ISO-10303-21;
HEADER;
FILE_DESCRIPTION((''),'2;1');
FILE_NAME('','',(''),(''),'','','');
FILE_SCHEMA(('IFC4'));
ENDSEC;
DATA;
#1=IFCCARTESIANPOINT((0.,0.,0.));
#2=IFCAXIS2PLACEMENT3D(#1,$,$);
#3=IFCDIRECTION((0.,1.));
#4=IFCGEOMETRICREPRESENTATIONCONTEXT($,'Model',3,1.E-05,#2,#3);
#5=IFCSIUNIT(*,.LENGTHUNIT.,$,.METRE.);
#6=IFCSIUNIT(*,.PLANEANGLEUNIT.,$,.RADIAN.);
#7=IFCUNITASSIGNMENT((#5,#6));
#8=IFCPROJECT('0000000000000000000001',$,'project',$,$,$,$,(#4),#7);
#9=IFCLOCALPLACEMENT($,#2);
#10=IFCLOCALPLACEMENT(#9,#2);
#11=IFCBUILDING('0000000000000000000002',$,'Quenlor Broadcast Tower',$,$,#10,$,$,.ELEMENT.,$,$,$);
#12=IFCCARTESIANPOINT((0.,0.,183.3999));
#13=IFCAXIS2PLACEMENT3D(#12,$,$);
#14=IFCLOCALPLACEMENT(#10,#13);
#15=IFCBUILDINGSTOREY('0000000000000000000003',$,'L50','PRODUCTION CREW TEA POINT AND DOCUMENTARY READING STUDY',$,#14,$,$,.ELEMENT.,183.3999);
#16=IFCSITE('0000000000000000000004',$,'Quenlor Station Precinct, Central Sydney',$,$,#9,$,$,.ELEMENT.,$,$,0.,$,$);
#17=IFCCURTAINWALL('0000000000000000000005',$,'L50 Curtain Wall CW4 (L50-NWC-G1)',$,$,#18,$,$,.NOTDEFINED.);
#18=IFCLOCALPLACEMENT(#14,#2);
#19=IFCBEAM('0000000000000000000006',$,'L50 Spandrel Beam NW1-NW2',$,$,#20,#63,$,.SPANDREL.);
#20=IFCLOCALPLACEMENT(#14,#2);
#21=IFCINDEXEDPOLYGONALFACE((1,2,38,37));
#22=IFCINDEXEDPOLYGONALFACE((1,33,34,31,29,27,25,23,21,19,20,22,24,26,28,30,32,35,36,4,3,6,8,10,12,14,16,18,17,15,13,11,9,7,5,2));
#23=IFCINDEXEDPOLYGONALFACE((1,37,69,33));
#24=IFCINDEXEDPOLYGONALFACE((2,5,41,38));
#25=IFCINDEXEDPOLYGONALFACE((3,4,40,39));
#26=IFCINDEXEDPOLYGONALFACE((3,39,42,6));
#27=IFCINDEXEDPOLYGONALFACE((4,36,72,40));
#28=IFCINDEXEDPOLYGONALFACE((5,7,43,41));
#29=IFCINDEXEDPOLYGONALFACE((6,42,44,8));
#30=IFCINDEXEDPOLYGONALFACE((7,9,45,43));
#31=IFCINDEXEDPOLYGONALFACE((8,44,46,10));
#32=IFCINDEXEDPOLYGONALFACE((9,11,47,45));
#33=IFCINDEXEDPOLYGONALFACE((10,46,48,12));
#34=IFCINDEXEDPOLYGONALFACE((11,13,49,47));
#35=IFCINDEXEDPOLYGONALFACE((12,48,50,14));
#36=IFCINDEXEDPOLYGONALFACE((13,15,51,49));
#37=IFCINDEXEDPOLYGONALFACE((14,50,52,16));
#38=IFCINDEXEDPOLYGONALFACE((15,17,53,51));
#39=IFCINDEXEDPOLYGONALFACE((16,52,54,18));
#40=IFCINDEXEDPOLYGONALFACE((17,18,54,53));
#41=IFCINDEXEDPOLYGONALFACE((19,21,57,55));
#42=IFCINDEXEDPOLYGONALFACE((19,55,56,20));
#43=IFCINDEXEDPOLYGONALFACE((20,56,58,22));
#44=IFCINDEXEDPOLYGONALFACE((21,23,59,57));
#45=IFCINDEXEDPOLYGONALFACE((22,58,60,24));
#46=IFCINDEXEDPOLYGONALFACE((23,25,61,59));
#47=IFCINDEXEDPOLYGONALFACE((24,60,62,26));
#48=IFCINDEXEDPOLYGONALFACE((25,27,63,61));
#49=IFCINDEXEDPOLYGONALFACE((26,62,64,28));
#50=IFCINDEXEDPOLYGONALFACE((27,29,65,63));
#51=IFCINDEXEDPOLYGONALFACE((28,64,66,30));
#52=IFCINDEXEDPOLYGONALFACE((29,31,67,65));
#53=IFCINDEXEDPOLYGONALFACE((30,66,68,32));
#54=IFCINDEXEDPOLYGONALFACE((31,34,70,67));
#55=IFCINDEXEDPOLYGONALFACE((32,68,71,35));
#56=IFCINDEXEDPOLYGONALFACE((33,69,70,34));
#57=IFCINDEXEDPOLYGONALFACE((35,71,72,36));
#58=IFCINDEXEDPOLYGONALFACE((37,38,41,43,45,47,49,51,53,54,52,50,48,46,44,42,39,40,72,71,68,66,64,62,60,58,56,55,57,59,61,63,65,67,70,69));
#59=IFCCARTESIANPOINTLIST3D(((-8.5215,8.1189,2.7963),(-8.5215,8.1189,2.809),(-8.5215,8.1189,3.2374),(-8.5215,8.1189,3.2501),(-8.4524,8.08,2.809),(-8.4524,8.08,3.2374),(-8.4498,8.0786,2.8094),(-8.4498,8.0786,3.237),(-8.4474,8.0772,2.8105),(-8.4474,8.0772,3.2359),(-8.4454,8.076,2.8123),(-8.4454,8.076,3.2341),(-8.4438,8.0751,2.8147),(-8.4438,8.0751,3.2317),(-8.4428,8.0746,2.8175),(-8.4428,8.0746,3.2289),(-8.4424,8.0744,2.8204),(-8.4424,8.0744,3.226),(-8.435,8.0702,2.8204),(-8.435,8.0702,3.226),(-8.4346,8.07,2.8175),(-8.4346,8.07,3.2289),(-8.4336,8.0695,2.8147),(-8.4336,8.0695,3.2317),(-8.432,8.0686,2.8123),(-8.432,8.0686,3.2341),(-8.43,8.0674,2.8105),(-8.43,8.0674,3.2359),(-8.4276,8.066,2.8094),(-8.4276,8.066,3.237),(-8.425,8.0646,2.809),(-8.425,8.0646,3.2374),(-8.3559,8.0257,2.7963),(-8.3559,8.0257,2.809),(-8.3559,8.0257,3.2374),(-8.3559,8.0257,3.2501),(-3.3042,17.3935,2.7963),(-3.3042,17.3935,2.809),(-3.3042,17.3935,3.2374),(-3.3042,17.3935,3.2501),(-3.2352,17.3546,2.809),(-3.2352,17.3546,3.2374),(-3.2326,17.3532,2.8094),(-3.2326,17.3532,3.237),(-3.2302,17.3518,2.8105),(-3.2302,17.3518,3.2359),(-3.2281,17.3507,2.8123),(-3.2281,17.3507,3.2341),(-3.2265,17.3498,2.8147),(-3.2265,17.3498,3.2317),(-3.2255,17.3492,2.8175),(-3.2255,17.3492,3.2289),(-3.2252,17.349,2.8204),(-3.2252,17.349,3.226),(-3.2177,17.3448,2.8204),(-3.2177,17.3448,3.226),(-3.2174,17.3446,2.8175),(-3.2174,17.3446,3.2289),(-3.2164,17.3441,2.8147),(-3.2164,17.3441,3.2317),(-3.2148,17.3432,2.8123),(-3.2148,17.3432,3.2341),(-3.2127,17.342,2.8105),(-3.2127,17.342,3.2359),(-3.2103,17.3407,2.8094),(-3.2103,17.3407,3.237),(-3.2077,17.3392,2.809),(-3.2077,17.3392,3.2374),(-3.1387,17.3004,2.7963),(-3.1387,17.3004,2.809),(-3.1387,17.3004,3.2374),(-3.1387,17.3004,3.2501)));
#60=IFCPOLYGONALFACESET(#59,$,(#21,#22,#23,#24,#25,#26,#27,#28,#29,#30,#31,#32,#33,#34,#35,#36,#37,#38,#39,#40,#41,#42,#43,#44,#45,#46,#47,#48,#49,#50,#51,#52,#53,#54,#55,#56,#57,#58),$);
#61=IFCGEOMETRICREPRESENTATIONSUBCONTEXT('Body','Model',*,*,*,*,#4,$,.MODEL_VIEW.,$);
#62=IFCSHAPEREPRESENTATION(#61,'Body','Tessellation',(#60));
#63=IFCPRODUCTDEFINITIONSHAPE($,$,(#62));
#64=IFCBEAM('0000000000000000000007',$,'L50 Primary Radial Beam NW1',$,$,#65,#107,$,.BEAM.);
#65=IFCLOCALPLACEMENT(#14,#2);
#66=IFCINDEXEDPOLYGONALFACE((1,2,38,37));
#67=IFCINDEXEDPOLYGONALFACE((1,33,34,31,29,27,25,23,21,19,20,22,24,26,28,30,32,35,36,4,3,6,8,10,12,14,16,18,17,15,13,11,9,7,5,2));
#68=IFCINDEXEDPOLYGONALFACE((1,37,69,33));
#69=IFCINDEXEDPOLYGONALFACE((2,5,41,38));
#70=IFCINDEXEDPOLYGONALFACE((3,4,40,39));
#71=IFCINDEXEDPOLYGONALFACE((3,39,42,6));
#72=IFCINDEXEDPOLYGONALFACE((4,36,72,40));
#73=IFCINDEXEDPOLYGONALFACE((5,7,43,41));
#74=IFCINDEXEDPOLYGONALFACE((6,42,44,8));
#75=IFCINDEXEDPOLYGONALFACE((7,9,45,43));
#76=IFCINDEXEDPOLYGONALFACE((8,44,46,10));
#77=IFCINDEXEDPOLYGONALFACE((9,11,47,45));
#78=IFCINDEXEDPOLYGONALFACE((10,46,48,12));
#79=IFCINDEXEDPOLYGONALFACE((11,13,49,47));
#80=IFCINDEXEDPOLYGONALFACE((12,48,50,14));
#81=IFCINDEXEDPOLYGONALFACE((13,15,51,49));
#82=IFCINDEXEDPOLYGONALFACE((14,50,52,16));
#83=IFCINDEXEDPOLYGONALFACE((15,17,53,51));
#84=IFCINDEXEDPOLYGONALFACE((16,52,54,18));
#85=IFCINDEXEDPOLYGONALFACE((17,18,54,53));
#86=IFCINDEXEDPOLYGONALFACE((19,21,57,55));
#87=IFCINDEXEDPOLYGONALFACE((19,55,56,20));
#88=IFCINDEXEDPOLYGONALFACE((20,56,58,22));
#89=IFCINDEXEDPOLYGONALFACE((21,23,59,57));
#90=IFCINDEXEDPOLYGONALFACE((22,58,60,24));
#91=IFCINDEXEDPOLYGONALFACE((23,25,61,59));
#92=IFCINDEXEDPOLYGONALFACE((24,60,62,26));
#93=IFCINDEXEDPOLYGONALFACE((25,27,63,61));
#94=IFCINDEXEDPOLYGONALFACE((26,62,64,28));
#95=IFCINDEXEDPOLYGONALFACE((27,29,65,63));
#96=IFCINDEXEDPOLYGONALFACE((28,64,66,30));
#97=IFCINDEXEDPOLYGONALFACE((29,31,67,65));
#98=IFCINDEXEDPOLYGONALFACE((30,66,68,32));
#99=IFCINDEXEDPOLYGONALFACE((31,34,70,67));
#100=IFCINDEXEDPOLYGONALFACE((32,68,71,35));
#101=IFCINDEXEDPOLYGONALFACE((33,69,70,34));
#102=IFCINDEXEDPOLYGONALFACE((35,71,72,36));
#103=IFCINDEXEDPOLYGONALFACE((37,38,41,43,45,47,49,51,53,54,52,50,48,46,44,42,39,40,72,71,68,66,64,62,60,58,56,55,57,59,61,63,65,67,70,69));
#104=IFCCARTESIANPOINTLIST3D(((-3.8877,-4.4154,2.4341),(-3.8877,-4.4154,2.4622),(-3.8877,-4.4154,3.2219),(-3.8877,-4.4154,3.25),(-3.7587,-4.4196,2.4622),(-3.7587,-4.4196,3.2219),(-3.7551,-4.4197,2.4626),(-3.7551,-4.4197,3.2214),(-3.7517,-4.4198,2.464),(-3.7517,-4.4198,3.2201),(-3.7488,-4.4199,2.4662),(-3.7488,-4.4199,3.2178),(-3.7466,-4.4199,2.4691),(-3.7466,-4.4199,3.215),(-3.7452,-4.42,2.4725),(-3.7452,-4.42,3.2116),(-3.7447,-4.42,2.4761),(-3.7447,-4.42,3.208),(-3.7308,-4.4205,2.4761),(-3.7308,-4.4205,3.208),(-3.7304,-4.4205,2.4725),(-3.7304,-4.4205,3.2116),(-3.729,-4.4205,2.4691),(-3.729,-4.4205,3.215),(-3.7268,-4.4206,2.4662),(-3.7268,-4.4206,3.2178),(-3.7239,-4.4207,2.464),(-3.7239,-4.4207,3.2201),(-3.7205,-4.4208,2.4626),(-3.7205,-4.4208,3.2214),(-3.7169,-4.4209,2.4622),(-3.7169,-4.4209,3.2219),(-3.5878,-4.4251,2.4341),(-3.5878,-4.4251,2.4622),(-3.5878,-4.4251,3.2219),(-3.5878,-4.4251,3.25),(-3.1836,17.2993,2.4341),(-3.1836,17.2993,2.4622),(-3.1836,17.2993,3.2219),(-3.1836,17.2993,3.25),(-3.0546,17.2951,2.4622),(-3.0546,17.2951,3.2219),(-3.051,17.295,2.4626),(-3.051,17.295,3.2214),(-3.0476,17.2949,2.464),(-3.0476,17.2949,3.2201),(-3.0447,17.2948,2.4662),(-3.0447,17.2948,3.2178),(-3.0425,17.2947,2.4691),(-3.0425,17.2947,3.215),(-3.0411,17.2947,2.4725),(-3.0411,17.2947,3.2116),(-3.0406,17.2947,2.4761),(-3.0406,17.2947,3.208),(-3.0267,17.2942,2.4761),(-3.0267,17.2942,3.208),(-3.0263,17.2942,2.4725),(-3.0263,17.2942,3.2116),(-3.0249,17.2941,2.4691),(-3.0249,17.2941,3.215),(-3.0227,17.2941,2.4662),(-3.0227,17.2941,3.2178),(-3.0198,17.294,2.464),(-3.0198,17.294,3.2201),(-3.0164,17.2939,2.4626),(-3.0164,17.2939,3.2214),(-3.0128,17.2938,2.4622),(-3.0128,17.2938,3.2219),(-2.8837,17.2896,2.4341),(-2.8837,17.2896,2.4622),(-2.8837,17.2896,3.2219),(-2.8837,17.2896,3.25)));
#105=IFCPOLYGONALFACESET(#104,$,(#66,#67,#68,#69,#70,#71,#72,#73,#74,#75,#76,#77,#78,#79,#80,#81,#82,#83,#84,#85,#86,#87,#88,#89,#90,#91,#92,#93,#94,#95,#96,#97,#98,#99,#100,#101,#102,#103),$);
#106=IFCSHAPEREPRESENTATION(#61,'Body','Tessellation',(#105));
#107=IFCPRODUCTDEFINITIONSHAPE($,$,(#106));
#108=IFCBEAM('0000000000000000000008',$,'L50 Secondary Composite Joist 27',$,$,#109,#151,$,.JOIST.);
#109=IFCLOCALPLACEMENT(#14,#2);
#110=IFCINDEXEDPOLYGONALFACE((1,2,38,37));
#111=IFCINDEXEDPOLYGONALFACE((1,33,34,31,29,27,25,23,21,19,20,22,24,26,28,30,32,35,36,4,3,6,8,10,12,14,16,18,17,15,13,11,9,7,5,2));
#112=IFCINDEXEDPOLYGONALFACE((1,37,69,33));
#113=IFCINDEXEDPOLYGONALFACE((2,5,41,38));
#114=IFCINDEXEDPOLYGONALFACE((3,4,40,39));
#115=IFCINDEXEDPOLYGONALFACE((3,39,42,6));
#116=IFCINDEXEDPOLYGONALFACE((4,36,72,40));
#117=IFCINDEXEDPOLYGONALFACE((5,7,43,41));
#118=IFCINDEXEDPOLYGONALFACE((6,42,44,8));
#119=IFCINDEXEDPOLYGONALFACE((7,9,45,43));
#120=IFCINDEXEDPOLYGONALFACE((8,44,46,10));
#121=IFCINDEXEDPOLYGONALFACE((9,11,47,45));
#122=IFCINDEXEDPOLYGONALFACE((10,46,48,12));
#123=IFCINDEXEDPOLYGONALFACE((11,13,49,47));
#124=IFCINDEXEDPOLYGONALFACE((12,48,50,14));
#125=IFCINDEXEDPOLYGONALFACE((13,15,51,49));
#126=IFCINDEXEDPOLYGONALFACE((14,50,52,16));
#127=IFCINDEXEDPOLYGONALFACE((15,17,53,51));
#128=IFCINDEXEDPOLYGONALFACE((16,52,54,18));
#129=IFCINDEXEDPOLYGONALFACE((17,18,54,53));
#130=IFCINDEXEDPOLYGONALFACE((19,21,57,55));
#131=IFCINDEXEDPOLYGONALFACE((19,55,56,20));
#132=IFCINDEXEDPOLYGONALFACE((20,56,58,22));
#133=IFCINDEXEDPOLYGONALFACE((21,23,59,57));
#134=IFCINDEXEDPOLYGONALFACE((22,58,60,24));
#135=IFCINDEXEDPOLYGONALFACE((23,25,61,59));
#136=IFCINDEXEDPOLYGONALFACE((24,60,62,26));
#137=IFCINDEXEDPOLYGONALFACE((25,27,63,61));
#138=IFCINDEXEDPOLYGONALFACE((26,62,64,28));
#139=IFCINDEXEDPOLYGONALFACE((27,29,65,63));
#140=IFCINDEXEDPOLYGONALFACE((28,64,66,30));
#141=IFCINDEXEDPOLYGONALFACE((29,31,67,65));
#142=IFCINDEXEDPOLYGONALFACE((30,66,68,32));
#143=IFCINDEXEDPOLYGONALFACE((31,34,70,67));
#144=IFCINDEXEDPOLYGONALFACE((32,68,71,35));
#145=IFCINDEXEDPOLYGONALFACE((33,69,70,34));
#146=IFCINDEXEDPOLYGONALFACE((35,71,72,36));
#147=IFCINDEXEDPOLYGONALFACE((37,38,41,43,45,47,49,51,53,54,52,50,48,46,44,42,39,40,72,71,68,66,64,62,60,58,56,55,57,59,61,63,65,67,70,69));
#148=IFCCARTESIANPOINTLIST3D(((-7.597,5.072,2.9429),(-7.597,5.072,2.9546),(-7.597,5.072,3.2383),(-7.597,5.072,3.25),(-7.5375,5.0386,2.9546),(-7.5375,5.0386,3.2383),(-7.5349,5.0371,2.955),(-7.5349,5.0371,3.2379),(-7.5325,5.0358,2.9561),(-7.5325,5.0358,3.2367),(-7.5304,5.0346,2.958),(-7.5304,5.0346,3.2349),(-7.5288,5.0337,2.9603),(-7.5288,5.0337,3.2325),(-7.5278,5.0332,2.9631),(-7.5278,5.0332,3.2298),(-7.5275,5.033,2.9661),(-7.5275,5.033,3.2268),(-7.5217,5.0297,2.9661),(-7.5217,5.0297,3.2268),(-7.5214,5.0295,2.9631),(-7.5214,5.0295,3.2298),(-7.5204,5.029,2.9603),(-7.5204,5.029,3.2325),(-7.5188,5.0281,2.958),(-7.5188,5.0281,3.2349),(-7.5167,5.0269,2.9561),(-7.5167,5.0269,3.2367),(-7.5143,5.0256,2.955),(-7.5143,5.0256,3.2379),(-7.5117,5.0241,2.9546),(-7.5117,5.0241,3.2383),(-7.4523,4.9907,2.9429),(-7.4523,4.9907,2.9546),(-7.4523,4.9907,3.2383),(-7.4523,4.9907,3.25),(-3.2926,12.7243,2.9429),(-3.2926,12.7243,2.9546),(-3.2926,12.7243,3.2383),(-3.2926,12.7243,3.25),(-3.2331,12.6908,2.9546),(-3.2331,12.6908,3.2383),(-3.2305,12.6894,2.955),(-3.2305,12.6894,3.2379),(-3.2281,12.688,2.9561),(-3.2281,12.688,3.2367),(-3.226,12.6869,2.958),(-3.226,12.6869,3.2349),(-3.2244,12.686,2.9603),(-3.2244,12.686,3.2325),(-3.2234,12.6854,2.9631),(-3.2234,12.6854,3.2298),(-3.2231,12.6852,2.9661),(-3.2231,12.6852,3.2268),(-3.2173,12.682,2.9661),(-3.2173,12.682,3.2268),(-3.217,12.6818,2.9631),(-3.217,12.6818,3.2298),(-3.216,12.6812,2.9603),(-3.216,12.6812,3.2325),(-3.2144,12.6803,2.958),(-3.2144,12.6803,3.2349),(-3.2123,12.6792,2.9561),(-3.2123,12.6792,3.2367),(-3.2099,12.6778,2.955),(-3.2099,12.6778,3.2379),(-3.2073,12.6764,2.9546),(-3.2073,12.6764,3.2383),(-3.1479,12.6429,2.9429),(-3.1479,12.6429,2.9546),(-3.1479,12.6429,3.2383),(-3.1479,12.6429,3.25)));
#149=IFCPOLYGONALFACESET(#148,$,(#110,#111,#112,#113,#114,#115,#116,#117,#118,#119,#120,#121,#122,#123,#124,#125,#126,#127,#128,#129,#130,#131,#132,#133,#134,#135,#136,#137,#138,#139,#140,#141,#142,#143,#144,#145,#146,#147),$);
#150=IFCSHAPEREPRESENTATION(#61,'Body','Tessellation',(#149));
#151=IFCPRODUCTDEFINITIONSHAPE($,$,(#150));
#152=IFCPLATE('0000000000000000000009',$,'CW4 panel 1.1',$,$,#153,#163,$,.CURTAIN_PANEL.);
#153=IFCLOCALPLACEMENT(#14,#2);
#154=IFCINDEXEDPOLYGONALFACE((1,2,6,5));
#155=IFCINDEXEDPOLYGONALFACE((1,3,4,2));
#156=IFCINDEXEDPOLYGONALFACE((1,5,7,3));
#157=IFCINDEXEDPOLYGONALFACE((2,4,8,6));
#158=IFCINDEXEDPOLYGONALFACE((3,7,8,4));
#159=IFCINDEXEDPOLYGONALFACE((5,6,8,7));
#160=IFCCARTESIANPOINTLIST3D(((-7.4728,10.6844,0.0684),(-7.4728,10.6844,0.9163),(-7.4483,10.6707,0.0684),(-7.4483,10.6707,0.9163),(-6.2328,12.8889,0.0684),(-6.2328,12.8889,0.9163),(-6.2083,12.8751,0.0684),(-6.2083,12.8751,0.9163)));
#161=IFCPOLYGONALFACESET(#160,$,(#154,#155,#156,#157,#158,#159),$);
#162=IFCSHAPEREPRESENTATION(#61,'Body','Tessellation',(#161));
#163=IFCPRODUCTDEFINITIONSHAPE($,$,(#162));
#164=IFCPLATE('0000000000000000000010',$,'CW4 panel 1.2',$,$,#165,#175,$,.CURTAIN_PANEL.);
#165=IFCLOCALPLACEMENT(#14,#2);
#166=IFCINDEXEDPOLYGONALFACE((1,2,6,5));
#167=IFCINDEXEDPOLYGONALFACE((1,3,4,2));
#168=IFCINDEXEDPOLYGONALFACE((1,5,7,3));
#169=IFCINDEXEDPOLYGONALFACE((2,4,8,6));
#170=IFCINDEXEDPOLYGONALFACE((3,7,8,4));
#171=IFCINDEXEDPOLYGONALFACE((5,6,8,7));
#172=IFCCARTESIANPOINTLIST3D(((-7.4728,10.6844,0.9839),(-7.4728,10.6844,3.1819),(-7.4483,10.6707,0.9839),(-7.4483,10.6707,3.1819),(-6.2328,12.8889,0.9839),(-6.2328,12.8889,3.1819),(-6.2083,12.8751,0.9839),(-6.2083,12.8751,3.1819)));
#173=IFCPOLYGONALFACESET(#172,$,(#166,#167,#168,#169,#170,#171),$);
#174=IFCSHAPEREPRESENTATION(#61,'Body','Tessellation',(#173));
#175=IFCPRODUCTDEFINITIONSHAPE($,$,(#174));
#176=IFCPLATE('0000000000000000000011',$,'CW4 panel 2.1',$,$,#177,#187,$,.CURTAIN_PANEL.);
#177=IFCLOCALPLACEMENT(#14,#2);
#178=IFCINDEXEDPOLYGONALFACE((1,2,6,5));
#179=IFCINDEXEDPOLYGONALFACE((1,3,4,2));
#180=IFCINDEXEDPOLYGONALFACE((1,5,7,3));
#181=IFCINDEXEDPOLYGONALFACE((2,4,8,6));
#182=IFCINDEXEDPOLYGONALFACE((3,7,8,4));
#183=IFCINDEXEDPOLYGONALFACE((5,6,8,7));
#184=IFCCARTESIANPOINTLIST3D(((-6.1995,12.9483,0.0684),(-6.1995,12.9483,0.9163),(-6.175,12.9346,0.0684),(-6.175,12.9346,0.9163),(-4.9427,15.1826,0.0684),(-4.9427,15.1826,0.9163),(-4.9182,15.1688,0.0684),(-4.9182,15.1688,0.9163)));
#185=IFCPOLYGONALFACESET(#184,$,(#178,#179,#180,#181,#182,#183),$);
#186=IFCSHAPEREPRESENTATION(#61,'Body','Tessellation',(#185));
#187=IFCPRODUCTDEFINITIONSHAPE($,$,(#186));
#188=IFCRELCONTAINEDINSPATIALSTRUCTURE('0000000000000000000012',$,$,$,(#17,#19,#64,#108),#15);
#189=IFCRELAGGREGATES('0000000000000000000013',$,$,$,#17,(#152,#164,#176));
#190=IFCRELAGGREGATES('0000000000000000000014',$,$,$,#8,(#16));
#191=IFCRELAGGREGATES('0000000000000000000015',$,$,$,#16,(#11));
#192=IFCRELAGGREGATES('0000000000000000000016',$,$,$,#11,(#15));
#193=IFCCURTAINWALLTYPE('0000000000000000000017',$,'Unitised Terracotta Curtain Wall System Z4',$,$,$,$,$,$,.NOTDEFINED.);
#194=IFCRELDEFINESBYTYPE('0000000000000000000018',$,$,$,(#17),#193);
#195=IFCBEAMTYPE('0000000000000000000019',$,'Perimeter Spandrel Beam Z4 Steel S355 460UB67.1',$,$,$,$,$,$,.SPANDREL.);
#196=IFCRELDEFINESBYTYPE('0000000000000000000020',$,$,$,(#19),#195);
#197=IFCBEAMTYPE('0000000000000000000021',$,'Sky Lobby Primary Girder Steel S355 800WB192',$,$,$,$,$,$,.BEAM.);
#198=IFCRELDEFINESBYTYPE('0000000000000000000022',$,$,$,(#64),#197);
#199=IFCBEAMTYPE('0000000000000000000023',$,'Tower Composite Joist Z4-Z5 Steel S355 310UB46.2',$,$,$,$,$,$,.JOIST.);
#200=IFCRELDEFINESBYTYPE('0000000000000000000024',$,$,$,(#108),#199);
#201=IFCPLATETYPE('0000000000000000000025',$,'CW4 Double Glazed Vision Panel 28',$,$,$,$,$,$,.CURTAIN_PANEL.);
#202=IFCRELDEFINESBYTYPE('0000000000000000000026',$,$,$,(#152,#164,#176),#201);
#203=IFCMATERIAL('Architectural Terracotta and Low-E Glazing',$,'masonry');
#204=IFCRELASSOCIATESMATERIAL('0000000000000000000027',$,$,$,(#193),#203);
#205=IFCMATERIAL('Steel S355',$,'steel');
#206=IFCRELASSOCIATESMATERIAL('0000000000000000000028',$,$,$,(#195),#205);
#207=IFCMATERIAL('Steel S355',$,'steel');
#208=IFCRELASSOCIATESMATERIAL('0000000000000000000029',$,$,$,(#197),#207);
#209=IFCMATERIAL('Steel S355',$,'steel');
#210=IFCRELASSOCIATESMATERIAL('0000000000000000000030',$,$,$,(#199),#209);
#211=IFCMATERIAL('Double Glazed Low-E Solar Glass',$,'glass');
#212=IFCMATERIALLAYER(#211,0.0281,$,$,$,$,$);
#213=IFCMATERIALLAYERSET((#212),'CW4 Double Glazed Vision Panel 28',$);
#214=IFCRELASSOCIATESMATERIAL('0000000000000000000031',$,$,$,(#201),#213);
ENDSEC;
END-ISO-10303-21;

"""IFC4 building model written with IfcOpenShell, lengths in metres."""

from ifc_helpers import new_model, si_unit, direction, frame, origin, origin_2d, place, context, subcontext, project, spatial, rectangle, i_section, extrude, material, layer, layer_set, material_profile, profile_set, type_object, element, aggregate, save


model = new_model("IFC4")

# Units and contexts
model_context = context("Model", 3, precision=1e-05, world=origin(), true_north=direction((0.0, 1.0)))
body_context = subcontext(model_context, "Body", "Model", "MODEL_VIEW")
ifc_project = project(units=[si_unit("LENGTHUNIT", "METRE"), si_unit("PLANEANGLEUNIT", "RADIAN")], contexts=[model_context])

# Site, building, storey
site_placement = place(None, origin())
site = spatial("IfcSite", under=ifc_project, at=site_placement, Name="Quenlor Station Precinct, Central Sydney", CompositionType="ELEMENT", RefElevation=0.0)
building_placement = place(site_placement, origin())
building = spatial("IfcBuilding", under=site, at=building_placement, Name="Quenlor Broadcast Tower", CompositionType="ELEMENT")
storey_placement = place(building_placement, frame((0.0, 0.0, 183.3999)))
storey = spatial("IfcBuildingStorey", under=building, at=storey_placement, Name="L50", Description="PRODUCTION CREW TEA POINT AND DOCUMENTARY READING STUDY", CompositionType="ELEMENT", Elevation=183.3999)

# Curtain wall
ifc_material_1 = material(Name="Architectural Terracotta and Low-E Glazing", Category="masonry")
curtain_wall_type = type_object("IfcCurtainWallType", Name="Unitised Terracotta Curtain Wall System Z4", PredefinedType="NOTDEFINED", material=ifc_material_1)
curtain_wall_placement = place(storey_placement, origin())
curtain_wall = element("IfcCurtainWall", 1, at=curtain_wall_placement, inside=storey, type_object=curtain_wall_type, Name="L50 Curtain Wall CW4 (L50-NWC-G1)", PredefinedType="NOTDEFINED")

# Beams
ifc_material_2 = material(Name="Steel S355", Category="steel")
ifc_material_profile_1 = material_profile(ifc_material_2, i_section(OverallWidth=0.1899, OverallDepth=0.4539, WebThickness=0.0085, FlangeThickness=0.0127, FilletRadius=0.0115, at=origin_2d()))
ifc_profile_set_1 = profile_set([ifc_material_profile_1], Name="Steel S355 460UB67.1")
beam_type_1 = type_object("IfcBeamType", Name="Perimeter Spandrel Beam Z4 Steel S355 460UB67.1", PredefinedType="SPANDREL", material=ifc_profile_set_1)
beam_1_placement = place(storey_placement, frame((-3.2214, 17.3469, 3.0232), z_axis=(-0.490282, -0.871564, 0.0), x_axis=(0.871564, -0.490282, 0.0)))
element("IfcBeam", 2, at=beam_1_placement, inside=storey, type_object=beam_type_1, Name="L50 Spandrel Beam NW1-NW2", PredefinedType="SPANDREL", context=body_context, shape_type="SweptSolid", body=[
    extrude(i_section(OverallWidth=0.1899, OverallDepth=0.4539, WebThickness=0.0085, FlangeThickness=0.0127, FilletRadius=0.0115, at=origin_2d()), origin(), (0.0, 0.0, 1.0), 10.6414),
])
ifc_material_3 = material(Name="Steel S355", Category="steel")
ifc_material_profile_2 = material_profile(ifc_material_3, i_section(OverallWidth=0.3, OverallDepth=0.8159, WebThickness=0.0139, FlangeThickness=0.0281, FilletRadius=0.0139, at=origin_2d()))
ifc_profile_set_2 = profile_set([ifc_material_profile_2], Name="Steel S355 800WB192")
beam_type_2 = type_object("IfcBeamType", Name="Sky Lobby Primary Girder Steel S355 800WB192", PredefinedType="BEAM", material=ifc_profile_set_2)
beam_2_placement = place(storey_placement, frame((-3.0337, 17.2944, 2.842), z_axis=(-0.032408, -0.999475, 0.0), x_axis=(0.999475, -0.032408, 0.0)))
element("IfcBeam", 3, at=beam_2_placement, inside=storey, type_object=beam_type_2, Name="L50 Primary Radial Beam NW1", PredefinedType="BEAM", context=body_context, shape_type="SweptSolid", body=[
    extrude(i_section(OverallWidth=0.3, OverallDepth=0.8159, WebThickness=0.0139, FlangeThickness=0.0281, FilletRadius=0.0139, at=origin_2d()), origin(), (0.0, 0.0, 1.0), 21.7261),
])
ifc_material_4 = material(Name="Steel S355", Category="steel")
ifc_material_profile_3 = material_profile(ifc_material_4, i_section(OverallWidth=0.166, OverallDepth=0.3071, WebThickness=0.0066, FlangeThickness=0.0117, FilletRadius=0.0115, at=origin_2d()))
ifc_profile_set_3 = profile_set([ifc_material_profile_3], Name="Steel S355 310UB46.2")
beam_type_3 = type_object("IfcBeamType", Name="Tower Composite Joist Z4-Z5 Steel S355 310UB46.2", PredefinedType="JOIST", material=ifc_profile_set_3)
beam_3_placement = place(storey_placement, frame((-3.2202, 12.6836, 3.0964), z_axis=(-0.490261, -0.871576, 0.0), x_axis=(0.871576, -0.490261, 0.0)))
element("IfcBeam", 4, at=beam_3_placement, inside=storey, type_object=beam_type_3, Name="L50 Secondary Composite Joist 27", PredefinedType="JOIST", context=body_context, shape_type="SweptSolid", body=[
    extrude(i_section(OverallWidth=0.166, OverallDepth=0.3071, WebThickness=0.0066, FlangeThickness=0.0117, FilletRadius=0.0115, at=origin_2d()), origin(), (0.0, 0.0, 1.0), 8.7798),
])

# Plates
ifc_material_5 = material(Name="Double Glazed Low-E Solar Glass", Category="glass")
ifc_layer_1 = layer(ifc_material_5, 0.0281)
ifc_layer_set_1 = layer_set([ifc_layer_1], Name="CW4 Double Glazed Vision Panel 28")
plate_type = type_object("IfcPlateType", Name="CW4 Double Glazed Vision Panel 28", PredefinedType="CURTAIN_PANEL", material=ifc_layer_set_1)
plate_1_placement = place(storey_placement, frame((-6.8406, 11.7798, 0.0684), z_axis=(0.0, 0.0, 1.0), x_axis=(0.490259, 0.871577, 0.0)))
plate_1 = element("IfcPlate", 5, at=plate_1_placement, type_object=plate_type, Name="CW4 panel 1.1", PredefinedType="CURTAIN_PANEL", context=body_context, shape_type="SweptSolid", body=[
    extrude(rectangle(XDim=2.5293, YDim=0.0281, at=origin_2d()), origin(), (0.0, 0.0, 1.0), 0.8479),
])
plate_2_placement = place(storey_placement, frame((-6.8406, 11.7798, 0.9839), z_axis=(0.0, 0.0, 1.0), x_axis=(0.490259, 0.871577, 0.0)))
plate_2 = element("IfcPlate", 6, at=plate_2_placement, type_object=plate_type, Name="CW4 panel 1.2", PredefinedType="CURTAIN_PANEL", context=body_context, shape_type="SweptSolid", body=[
    extrude(rectangle(XDim=2.5293, YDim=0.0281, at=origin_2d()), origin(), (0.0, 0.0, 1.0), 2.198),
])
plate_3_placement = place(storey_placement, frame((-5.5588, 14.0586, 0.0684), z_axis=(0.0, 0.0, 1.0), x_axis=(0.490259, 0.871577, 0.0)))
plate_3 = element("IfcPlate", 7, at=plate_3_placement, type_object=plate_type, Name="CW4 panel 2.1", PredefinedType="CURTAIN_PANEL", context=body_context, shape_type="SweptSolid", body=[
    extrude(rectangle(XDim=2.5635, YDim=0.0281, at=origin_2d()), origin(), (0.0, 0.0, 1.0), 0.8479),
])
aggregate(curtain_wall, [plate_1, plate_2, plate_3])

save(model, "model.ifc")
